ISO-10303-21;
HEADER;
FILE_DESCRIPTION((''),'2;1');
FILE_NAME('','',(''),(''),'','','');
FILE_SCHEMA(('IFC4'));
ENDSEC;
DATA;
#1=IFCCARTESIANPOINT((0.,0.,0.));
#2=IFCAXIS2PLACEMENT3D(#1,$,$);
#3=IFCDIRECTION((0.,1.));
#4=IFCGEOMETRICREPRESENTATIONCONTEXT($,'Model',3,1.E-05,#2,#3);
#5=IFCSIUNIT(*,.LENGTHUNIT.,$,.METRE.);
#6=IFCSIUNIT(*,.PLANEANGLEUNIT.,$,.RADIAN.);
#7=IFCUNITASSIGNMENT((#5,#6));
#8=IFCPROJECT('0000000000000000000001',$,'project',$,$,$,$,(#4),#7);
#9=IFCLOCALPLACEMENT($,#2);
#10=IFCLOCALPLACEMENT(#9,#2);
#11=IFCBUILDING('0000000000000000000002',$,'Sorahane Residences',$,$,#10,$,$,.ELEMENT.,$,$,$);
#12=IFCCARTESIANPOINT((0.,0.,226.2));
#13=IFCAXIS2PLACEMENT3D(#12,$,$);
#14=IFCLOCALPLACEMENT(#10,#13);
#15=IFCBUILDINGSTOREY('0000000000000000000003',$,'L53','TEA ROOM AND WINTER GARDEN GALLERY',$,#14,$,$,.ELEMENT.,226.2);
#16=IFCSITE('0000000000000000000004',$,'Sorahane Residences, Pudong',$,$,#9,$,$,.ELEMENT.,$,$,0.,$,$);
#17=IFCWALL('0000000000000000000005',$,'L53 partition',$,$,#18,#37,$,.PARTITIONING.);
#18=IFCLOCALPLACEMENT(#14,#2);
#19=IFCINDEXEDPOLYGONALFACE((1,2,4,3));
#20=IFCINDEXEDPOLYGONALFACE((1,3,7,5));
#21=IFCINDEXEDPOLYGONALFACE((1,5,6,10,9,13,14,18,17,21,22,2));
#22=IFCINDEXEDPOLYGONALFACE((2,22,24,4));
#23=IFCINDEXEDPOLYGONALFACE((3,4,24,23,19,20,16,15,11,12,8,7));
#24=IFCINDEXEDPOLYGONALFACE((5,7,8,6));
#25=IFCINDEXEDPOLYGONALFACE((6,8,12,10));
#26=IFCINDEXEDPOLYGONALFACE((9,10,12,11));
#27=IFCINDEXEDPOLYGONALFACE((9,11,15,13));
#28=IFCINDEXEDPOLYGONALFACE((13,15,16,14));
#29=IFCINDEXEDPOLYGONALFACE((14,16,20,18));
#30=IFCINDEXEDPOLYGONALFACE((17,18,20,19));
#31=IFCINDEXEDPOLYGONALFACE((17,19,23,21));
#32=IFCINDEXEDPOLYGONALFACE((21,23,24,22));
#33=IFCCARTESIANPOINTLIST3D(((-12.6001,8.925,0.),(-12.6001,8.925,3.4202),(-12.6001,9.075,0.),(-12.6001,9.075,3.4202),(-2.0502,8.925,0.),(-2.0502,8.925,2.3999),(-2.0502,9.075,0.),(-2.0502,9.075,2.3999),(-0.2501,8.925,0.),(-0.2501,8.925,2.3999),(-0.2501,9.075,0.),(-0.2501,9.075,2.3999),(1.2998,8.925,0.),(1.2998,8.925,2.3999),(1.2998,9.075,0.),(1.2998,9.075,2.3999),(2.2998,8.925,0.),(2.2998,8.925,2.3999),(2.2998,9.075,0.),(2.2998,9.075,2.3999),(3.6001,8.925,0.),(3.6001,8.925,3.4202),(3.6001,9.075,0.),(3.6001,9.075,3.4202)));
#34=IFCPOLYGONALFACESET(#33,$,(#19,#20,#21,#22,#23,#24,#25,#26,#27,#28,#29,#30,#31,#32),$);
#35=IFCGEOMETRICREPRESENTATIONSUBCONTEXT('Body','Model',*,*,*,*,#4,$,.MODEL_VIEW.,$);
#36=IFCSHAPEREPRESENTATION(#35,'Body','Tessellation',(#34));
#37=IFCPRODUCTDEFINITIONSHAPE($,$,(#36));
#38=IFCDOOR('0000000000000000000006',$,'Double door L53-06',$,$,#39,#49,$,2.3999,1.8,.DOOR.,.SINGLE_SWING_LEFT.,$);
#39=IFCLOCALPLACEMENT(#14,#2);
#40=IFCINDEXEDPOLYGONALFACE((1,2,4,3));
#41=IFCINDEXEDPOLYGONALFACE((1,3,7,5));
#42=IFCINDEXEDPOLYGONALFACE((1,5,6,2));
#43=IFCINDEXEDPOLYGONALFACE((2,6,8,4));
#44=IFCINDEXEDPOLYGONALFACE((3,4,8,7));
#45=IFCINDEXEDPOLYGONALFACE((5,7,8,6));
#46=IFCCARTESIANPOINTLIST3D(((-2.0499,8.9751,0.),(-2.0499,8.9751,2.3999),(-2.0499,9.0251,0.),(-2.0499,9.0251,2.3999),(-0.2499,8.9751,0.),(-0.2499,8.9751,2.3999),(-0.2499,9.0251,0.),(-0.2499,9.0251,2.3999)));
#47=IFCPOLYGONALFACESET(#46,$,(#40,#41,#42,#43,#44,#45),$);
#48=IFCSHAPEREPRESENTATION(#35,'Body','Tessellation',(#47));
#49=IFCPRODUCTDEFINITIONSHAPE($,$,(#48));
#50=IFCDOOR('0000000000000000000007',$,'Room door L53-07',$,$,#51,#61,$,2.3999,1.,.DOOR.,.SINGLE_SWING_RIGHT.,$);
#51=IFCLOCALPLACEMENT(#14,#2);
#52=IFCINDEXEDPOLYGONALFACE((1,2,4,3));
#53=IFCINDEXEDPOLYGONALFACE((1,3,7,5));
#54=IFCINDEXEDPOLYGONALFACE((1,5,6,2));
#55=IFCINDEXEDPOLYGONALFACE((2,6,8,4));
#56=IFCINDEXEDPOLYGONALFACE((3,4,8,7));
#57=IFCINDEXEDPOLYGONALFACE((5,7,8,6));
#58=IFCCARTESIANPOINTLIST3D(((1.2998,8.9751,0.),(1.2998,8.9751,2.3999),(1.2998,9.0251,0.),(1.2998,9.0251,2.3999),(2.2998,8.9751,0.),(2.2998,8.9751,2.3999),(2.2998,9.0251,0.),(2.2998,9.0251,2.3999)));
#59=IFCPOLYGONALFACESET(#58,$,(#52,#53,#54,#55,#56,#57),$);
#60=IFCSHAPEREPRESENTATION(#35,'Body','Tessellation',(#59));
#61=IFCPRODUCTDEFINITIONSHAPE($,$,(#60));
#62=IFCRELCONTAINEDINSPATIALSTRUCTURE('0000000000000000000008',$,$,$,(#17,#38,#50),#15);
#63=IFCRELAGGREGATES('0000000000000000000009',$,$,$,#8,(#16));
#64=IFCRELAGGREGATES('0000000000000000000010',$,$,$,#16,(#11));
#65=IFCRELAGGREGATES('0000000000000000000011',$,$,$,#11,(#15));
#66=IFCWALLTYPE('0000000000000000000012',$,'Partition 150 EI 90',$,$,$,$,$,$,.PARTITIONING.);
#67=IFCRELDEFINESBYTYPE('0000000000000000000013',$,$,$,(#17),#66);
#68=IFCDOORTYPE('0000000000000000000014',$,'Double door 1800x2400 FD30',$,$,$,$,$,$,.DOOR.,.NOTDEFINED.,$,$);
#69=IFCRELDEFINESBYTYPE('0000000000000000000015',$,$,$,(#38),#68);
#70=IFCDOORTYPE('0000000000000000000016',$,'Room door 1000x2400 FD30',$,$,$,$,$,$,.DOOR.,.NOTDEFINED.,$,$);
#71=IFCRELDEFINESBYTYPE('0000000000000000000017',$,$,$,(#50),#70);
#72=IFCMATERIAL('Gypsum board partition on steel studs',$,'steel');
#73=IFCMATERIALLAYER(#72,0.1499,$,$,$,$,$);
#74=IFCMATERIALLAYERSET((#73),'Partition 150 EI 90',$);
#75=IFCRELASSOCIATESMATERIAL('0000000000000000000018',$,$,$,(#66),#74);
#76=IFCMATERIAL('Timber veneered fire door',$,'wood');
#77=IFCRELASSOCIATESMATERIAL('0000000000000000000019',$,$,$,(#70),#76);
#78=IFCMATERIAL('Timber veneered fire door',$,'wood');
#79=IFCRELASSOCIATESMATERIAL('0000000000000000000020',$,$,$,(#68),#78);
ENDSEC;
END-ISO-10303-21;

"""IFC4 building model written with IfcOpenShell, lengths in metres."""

from ifc_helpers import new_model, si_unit, direction, frame, frame_2d, origin, place, context, subcontext, project, spatial, rectangle, extrude, material, layer, layer_set, type_object, element, fill, save


model = new_model("IFC4")

# Units and contexts
model_context = context("Model", 3, precision=1e-05, world=origin(), true_north=direction((0.0, 1.0)))
body_context = subcontext(model_context, "Body", "Model", "MODEL_VIEW")
ifc_project = project(units=[si_unit("LENGTHUNIT", "METRE"), si_unit("PLANEANGLEUNIT", "RADIAN")], contexts=[model_context])

# Site, building, storey
site_placement = place(None, origin())
site = spatial("IfcSite", under=ifc_project, at=site_placement, Name="Sorahane Residences, Pudong", CompositionType="ELEMENT", RefElevation=0.0)
building_placement = place(site_placement, origin())
building = spatial("IfcBuilding", under=site, at=building_placement, Name="Sorahane Residences", CompositionType="ELEMENT")
storey_placement = place(building_placement, frame((0.0, 0.0, 226.2)))
storey = spatial("IfcBuildingStorey", under=building, at=storey_placement, Name="L53", Description="TEA ROOM AND WINTER GARDEN GALLERY", CompositionType="ELEMENT", Elevation=226.2)

# Shared definitions
ifc_material_1 = material(Name="Gypsum board partition on steel studs", Category="steel")
ifc_layer_1 = layer(ifc_material_1, 0.1499)
ifc_layer_set_1 = layer_set([ifc_layer_1], Name="Partition 150 EI 90")
wall_type_1 = type_object("IfcWallType", Name="Partition 150 EI 90", PredefinedType="PARTITIONING", material=ifc_layer_set_1)
ifc_material_2 = material(Name="Timber veneered fire door", Category="wood")
door_type_1 = type_object("IfcDoorType", Name="Room door 1000x2400 FD30", OperationType="NOTDEFINED", PredefinedType="DOOR", material=ifc_material_2)

# Wall, openings, doors
wall_1_placement = place(storey_placement, frame((-12.6001, 9.0, 0.0), z_axis=(0.0, 0.0, 1.0), x_axis=(1.0, 0.0, 0.0)))
wall_1 = element("IfcWall", 1, at=wall_1_placement, inside=storey, type_object=wall_type_1, Name="L53 partition", PredefinedType="PARTITIONING", context=body_context, shape_type="SweptSolid", body=[
    extrude(rectangle(XDim=16.2002, YDim=0.1499, at=frame_2d((8.1001, 0.0))), origin(), (0.0, 0.0, 1.0), 3.4202),
])
opening_1_placement = place(wall_1_placement, frame((10.55, 0.0, 0.0)))
opening_1 = element("IfcOpeningElement", 2, at=opening_1_placement, cuts=wall_1, PredefinedType="OPENING", context=body_context, shape_type="SweptSolid", body=[
    extrude(rectangle(XDim=1.8, YDim=2.3999, at=frame_2d((0.8999, 1.2))), frame((0.0, 0.085, 0.0), z_axis=(0.0, -1.0, 0.0), x_axis=(1.0, 0.0, 0.0)), (0.0, 0.0, 1.0), 0.1699),
])
opening_2_placement = place(wall_1_placement, frame((13.8999, 0.0, 0.0)))
opening_2 = element("IfcOpeningElement", 3, at=opening_2_placement, cuts=wall_1, PredefinedType="OPENING", context=body_context, shape_type="SweptSolid", body=[
    extrude(rectangle(XDim=1.0, YDim=2.3999, at=frame_2d((0.5, 1.2))), frame((0.0, 0.085, 0.0), z_axis=(0.0, -1.0, 0.0), x_axis=(1.0, 0.0, 0.0)), (0.0, 0.0, 1.0), 0.1699),
])
ifc_material_3 = material(Name="Timber veneered fire door", Category="wood")
door_type_2 = type_object("IfcDoorType", Name="Double door 1800x2400 FD30", OperationType="NOTDEFINED", PredefinedType="DOOR", material=ifc_material_3)
door_1_placement = place(opening_1_placement, frame((1.8, 0.0, 0.0), z_axis=(0.0, 0.0, 1.0), x_axis=(-1.0, 0.0, 0.0)))
door_1 = element("IfcDoor", 4, at=door_1_placement, inside=storey, type_object=door_type_2, Name="Double door L53-06", OperationType="SINGLE_SWING_LEFT", OverallHeight=2.3999, OverallWidth=1.8, PredefinedType="DOOR", context=body_context, shape_type="SweptSolid", body=[
    extrude(rectangle(XDim=1.8, YDim=2.3999, at=frame_2d((0.8999, 1.2))), frame((0.0, 0.0249, 0.0), z_axis=(0.0, -1.0, 0.0), x_axis=(1.0, 0.0, 0.0)), (0.0, 0.0, 1.0), 0.05),
])
fill(opening_1, door_1)
door_2_placement = place(opening_2_placement, frame((1.0, 0.0, 0.0), z_axis=(0.0, 0.0, 1.0), x_axis=(-1.0, 0.0, 0.0)))
door_2 = element("IfcDoor", 5, at=door_2_placement, inside=storey, type_object=door_type_1, Name="Room door L53-07", OperationType="SINGLE_SWING_RIGHT", OverallHeight=2.3999, OverallWidth=1.0, PredefinedType="DOOR", context=body_context, shape_type="SweptSolid", body=[
    extrude(rectangle(XDim=1.0, YDim=2.3999, at=frame_2d((0.5, 1.2))), frame((0.0, 0.0249, 0.0), z_axis=(0.0, -1.0, 0.0), x_axis=(1.0, 0.0, 0.0)), (0.0, 0.0, 1.0), 0.05),
])
fill(opening_2, door_2)

save(model, "model.ifc")
